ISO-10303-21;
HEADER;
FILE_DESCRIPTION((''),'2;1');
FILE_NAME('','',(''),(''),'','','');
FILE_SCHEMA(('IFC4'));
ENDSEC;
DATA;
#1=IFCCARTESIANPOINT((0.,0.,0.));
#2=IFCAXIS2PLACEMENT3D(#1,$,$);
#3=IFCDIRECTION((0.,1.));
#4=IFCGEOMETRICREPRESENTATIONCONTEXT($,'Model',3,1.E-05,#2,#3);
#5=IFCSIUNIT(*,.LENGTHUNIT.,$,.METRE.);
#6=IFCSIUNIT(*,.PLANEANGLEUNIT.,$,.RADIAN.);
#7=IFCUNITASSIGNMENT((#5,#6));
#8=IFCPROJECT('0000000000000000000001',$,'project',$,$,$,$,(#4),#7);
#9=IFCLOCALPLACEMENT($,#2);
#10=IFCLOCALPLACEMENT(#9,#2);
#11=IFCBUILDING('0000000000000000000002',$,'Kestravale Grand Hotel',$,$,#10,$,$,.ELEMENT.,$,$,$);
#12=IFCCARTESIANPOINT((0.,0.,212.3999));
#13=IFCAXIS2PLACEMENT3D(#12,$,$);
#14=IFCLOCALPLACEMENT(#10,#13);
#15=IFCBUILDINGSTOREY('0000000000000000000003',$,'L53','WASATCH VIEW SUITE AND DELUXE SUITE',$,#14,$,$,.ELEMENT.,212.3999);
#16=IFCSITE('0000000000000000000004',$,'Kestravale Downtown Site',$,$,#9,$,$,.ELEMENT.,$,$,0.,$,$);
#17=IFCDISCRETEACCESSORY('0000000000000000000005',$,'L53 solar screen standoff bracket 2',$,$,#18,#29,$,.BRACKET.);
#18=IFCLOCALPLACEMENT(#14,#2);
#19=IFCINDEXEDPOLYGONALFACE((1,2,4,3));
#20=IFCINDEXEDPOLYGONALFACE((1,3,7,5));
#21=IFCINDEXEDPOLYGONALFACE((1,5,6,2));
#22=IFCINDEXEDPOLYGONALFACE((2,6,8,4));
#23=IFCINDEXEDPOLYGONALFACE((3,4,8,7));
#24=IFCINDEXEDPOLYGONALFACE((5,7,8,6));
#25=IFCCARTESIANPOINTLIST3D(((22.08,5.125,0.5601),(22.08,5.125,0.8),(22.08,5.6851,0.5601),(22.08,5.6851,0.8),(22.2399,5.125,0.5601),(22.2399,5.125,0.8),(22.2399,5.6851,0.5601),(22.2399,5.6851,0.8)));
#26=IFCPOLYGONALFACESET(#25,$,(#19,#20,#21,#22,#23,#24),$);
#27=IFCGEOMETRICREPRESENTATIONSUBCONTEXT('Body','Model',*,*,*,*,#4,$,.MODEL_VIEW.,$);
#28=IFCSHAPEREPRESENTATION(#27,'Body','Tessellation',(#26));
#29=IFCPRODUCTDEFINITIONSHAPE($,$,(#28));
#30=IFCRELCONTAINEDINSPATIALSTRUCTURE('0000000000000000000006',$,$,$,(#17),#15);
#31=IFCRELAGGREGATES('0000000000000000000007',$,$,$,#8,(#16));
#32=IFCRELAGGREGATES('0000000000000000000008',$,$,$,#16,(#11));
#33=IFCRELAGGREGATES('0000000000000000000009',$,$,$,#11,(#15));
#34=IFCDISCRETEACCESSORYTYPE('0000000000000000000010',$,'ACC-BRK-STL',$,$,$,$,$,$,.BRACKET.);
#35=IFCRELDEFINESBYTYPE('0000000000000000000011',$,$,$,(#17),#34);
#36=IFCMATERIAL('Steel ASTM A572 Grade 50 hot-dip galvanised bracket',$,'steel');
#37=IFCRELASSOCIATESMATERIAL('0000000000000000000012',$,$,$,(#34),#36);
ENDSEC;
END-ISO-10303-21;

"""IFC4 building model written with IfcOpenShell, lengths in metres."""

from ifc_helpers import new_model, si_unit, direction, frame, origin, origin_2d, place, context, subcontext, project, spatial, rectangle, extrude, material, type_object, element, save


model = new_model("IFC4")

# Units and contexts
model_context = context("Model", 3, precision=1e-05, world=origin(), true_north=direction((0.0, 1.0)))
body_context = subcontext(model_context, "Body", "Model", "MODEL_VIEW")
ifc_project = project(units=[si_unit("LENGTHUNIT", "METRE"), si_unit("PLANEANGLEUNIT", "RADIAN")], contexts=[model_context])

# Site, building, storey
site_placement = place(None, origin())
site = spatial("IfcSite", under=ifc_project, at=site_placement, Name="Kestravale Downtown Site", CompositionType="ELEMENT", RefElevation=0.0)
building_placement = place(site_placement, origin())
building = spatial("IfcBuilding", under=site, at=building_placement, Name="Kestravale Grand Hotel", CompositionType="ELEMENT")
storey_placement = place(building_placement, frame((0.0, 0.0, 212.3999)))
storey = spatial("IfcBuildingStorey", under=building, at=storey_placement, Name="L53", Description="WASATCH VIEW SUITE AND DELUXE SUITE", CompositionType="ELEMENT", Elevation=212.3999)

# Discrete accessory
ifc_material_1 = material(Name="Steel ASTM A572 Grade 50 hot-dip galvanised bracket", Category="steel")
discrete_accessory_type = type_object("IfcDiscreteAccessoryType", Name="ACC-BRK-STL", PredefinedType="BRACKET", material=ifc_material_1)
discrete_accessory_placement = place(storey_placement, frame((22.1599, 5.405, 0.5601), z_axis=(0.0, 0.0, 1.0), x_axis=(1.0, 0.0, 0.0)))
element("IfcDiscreteAccessory", 1, at=discrete_accessory_placement, inside=storey, type_object=discrete_accessory_type, Name="L53 solar screen standoff bracket 2", PredefinedType="BRACKET", context=body_context, shape_type="SweptSolid", body=[
    extrude(rectangle(XDim=0.1599, YDim=0.5601, at=origin_2d()), origin(), (0.0, 0.0, 1.0), 0.24),
])

save(model, "model.ifc")
